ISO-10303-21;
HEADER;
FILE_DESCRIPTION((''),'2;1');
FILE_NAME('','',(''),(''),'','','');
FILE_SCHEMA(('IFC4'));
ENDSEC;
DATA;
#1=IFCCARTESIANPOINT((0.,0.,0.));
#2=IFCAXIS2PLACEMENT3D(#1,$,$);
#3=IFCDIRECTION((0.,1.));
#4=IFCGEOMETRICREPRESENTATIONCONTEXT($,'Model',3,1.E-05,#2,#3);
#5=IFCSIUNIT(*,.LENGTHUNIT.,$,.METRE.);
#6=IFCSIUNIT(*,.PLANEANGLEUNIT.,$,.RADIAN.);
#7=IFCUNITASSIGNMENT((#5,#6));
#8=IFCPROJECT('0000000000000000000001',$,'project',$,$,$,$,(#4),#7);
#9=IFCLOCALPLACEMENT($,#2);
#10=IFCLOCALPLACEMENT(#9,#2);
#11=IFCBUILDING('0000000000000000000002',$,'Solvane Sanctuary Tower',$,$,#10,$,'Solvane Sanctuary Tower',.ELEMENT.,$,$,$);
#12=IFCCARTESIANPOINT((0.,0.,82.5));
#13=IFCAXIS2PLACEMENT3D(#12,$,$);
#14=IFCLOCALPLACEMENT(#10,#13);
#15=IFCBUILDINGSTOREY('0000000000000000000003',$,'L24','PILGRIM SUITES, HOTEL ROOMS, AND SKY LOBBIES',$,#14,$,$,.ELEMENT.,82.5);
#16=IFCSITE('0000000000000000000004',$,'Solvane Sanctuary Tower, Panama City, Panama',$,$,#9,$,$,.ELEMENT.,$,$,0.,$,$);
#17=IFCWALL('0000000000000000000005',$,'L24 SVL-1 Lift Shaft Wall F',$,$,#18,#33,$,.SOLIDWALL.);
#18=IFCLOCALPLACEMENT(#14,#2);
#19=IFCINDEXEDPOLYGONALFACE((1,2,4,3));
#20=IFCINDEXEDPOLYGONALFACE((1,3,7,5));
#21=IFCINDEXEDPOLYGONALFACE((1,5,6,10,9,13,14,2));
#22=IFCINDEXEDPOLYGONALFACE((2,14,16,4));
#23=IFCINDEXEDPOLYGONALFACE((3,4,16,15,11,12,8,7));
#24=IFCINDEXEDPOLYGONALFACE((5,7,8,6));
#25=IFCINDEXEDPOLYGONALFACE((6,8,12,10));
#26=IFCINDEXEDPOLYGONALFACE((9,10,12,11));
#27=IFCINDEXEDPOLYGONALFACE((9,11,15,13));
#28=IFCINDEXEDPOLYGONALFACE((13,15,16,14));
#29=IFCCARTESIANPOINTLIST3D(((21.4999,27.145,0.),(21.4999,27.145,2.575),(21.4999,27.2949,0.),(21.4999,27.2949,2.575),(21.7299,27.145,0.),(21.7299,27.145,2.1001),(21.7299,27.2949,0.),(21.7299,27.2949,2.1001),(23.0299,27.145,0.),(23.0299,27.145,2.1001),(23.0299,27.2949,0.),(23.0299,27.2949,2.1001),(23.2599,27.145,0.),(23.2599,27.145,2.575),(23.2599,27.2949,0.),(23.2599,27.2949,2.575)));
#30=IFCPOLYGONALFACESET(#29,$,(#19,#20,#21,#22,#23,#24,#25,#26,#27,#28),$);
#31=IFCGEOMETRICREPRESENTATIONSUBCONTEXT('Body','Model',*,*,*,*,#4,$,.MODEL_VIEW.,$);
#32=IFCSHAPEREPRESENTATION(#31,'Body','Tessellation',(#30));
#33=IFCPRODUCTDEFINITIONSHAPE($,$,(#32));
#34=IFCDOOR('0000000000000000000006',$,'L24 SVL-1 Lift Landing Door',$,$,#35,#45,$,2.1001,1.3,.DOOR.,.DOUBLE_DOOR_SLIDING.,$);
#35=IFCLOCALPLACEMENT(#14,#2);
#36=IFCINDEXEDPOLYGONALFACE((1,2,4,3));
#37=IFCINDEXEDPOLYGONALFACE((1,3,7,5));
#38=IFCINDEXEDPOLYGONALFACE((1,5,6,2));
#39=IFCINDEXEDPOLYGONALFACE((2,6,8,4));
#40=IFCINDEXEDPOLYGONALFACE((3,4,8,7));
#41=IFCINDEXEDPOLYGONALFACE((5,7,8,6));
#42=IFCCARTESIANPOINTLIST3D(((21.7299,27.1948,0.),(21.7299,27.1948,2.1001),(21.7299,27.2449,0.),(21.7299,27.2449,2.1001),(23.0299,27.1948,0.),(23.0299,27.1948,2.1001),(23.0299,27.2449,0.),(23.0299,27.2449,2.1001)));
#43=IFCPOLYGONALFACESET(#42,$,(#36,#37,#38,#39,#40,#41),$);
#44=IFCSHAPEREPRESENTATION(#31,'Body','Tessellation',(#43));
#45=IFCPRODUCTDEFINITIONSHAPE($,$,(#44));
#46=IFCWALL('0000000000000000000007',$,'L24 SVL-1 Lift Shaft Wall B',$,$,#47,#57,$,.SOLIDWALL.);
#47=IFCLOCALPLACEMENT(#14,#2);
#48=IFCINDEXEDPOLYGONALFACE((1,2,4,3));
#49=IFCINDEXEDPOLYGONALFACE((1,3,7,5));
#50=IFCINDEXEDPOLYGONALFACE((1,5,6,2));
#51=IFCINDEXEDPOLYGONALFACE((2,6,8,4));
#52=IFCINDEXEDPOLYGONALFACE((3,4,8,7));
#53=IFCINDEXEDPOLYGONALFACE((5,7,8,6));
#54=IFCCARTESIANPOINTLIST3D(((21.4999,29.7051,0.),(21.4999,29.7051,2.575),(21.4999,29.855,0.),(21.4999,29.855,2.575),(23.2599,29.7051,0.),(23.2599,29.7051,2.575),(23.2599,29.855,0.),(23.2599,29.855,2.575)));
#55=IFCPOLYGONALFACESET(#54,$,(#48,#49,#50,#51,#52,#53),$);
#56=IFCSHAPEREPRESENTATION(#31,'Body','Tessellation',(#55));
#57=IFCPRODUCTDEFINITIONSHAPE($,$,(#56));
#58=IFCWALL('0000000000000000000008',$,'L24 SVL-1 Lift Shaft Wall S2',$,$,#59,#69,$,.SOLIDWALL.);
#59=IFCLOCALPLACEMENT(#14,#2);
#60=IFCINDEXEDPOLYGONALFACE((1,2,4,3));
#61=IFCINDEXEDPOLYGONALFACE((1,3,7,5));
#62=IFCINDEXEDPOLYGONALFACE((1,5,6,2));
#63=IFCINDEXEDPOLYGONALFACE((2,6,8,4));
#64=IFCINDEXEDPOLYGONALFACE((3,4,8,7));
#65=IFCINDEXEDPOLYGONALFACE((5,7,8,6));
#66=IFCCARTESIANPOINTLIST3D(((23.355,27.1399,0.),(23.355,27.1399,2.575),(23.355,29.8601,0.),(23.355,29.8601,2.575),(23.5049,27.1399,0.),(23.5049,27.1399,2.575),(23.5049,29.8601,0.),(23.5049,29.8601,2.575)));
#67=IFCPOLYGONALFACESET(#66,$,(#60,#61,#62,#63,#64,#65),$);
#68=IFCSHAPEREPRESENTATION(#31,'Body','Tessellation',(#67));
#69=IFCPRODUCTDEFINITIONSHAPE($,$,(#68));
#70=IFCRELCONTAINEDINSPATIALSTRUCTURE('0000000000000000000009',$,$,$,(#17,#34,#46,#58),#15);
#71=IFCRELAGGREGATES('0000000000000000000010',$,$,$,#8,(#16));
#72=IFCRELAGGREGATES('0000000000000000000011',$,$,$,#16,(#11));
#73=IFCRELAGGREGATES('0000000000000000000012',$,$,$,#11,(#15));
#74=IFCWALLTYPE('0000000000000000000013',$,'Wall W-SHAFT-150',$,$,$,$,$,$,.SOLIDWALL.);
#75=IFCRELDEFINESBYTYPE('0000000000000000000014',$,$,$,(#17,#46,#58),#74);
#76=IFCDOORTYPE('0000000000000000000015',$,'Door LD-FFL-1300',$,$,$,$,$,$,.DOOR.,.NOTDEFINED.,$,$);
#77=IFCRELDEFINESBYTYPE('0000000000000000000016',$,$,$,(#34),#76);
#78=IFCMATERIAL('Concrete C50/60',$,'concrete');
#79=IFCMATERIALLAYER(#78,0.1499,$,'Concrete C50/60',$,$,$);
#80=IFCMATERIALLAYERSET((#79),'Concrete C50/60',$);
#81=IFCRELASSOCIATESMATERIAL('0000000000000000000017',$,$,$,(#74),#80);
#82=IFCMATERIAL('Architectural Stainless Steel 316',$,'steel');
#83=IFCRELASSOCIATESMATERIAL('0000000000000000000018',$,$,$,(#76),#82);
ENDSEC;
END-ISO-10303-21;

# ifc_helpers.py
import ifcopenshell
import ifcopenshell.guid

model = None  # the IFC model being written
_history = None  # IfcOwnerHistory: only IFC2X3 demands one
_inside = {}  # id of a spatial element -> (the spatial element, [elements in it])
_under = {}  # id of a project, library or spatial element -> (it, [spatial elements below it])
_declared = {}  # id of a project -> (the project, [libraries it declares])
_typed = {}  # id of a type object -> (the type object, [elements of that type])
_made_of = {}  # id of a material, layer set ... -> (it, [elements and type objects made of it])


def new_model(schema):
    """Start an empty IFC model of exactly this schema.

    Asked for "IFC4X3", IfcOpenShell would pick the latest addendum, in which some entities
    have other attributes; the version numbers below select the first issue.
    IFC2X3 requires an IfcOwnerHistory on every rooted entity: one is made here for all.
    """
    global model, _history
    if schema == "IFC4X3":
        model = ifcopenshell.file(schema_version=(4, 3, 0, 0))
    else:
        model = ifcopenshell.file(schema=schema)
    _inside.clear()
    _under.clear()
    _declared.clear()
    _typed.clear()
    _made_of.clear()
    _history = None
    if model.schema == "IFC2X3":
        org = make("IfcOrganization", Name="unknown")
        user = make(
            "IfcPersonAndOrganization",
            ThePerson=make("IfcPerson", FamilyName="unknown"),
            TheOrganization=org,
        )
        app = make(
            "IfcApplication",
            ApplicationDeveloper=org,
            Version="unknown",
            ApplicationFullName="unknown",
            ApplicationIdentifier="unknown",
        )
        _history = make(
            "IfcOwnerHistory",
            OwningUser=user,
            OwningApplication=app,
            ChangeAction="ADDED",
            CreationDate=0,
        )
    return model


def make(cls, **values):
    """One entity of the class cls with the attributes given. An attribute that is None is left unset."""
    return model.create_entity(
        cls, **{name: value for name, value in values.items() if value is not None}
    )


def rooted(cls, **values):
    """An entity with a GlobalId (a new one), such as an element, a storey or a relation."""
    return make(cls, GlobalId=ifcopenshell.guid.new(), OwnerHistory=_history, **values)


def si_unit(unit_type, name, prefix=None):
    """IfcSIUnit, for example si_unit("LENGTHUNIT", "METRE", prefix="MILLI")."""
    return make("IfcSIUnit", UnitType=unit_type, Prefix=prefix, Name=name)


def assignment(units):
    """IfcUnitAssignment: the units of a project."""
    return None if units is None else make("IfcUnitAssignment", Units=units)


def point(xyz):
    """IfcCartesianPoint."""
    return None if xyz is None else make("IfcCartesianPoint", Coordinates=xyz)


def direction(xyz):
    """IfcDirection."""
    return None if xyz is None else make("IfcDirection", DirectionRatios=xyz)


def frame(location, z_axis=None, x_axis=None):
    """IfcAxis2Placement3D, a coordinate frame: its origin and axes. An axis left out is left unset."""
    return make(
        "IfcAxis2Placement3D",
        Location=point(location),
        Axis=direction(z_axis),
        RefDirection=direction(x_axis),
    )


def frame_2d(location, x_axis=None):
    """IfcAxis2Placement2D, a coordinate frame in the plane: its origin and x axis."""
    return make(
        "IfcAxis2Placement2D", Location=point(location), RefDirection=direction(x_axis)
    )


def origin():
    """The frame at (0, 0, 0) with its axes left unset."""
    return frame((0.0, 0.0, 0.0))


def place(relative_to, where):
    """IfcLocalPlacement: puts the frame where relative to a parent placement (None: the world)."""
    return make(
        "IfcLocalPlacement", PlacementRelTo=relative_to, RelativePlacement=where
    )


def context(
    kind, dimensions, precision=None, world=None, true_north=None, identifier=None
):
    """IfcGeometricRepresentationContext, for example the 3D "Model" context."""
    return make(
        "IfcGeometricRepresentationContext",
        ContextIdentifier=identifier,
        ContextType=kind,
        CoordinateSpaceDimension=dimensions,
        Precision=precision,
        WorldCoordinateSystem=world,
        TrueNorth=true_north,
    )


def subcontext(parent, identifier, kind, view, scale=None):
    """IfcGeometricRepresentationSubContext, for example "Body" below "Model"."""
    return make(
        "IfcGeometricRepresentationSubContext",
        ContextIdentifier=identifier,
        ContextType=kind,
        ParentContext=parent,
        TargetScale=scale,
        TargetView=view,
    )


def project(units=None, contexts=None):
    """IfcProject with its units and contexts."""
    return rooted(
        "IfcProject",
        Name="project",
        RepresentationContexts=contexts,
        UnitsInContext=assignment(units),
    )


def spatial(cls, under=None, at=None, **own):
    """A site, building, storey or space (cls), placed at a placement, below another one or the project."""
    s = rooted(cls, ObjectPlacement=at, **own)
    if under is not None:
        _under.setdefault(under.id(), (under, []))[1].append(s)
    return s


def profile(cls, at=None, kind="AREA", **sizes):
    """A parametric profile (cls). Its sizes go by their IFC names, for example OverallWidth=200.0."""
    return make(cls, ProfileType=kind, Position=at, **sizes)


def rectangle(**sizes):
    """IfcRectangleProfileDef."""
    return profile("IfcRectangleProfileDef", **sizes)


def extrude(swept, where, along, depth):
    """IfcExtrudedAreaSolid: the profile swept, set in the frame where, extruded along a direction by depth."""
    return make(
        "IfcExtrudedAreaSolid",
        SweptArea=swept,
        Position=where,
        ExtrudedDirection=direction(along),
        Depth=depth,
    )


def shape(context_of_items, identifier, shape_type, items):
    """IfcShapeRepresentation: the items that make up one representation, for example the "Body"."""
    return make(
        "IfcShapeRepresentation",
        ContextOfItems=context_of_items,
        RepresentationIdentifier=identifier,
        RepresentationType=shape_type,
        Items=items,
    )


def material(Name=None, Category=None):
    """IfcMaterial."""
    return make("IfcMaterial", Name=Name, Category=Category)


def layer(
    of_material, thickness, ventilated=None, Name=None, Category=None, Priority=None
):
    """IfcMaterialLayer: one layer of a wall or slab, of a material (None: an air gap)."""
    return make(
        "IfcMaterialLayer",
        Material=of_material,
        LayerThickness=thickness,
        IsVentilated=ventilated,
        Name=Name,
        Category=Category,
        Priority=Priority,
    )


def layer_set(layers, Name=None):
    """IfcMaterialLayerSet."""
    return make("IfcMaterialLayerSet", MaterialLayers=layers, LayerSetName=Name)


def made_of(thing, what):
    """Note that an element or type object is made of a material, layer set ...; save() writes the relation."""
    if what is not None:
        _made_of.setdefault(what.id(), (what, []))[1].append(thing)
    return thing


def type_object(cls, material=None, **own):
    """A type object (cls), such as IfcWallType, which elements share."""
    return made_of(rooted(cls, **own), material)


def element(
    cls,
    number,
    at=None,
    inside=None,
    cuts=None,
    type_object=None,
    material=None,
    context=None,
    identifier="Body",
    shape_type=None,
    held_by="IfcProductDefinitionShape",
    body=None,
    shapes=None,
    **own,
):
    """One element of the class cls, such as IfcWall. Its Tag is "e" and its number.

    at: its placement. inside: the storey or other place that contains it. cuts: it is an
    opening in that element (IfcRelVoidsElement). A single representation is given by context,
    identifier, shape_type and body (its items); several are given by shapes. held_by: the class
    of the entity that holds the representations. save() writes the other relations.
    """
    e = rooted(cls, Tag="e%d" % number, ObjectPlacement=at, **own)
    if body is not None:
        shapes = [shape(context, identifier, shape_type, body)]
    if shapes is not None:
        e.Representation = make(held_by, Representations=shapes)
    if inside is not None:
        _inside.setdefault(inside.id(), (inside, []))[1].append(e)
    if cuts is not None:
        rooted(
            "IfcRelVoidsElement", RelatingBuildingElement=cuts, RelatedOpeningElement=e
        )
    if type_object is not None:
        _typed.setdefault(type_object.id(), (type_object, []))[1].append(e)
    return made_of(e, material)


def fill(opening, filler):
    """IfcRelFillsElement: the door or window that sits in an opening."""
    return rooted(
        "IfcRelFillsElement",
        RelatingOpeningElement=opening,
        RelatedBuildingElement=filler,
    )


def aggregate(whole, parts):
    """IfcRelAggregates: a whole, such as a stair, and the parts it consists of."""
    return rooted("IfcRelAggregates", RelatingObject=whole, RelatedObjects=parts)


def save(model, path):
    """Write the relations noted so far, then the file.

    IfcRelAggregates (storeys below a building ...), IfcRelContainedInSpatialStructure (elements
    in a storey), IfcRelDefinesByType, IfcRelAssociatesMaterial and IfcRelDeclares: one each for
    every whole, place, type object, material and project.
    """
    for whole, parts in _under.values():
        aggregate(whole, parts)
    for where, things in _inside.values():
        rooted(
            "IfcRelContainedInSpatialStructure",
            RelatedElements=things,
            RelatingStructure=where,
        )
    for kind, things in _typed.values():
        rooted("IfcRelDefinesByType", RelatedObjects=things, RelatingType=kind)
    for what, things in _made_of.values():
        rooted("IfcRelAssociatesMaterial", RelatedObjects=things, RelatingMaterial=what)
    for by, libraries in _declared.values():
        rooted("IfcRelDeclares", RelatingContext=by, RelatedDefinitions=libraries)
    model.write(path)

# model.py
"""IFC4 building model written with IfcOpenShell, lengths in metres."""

from ifc_helpers import new_model, si_unit, direction, frame, frame_2d, origin, place, context, subcontext, project, spatial, rectangle, extrude, material, layer, layer_set, type_object, element, fill, save


model = new_model("IFC4")

# Units and contexts
model_context = context("Model", 3, precision=1e-05, world=origin(), true_north=direction((0.0, 1.0)))
body_context = subcontext(model_context, "Body", "Model", "MODEL_VIEW")
ifc_project = project(units=[si_unit("LENGTHUNIT", "METRE"), si_unit("PLANEANGLEUNIT", "RADIAN")], contexts=[model_context])

# Site, building, storey
site_placement = place(None, origin())
site = spatial("IfcSite", under=ifc_project, at=site_placement, Name="Solvane Sanctuary Tower, Panama City, Panama", CompositionType="ELEMENT", RefElevation=0.0)
building_placement = place(site_placement, origin())
building = spatial("IfcBuilding", under=site, at=building_placement, Name="Solvane Sanctuary Tower", LongName="Solvane Sanctuary Tower", CompositionType="ELEMENT")
storey_placement = place(building_placement, frame((0.0, 0.0, 82.5)))
storey = spatial("IfcBuildingStorey", under=building, at=storey_placement, Name="L24", Description="PILGRIM SUITES, HOTEL ROOMS, AND SKY LOBBIES", CompositionType="ELEMENT", Elevation=82.5)

# Shared definitions
ifc_material_1 = material(Name="Architectural Stainless Steel 316", Category="steel")

# Shared definitions
ifc_material_2 = material(Name="Concrete C50/60", Category="concrete")
ifc_layer_1 = layer(ifc_material_2, 0.1499, Name="Concrete C50/60")
ifc_layer_set_1 = layer_set([ifc_layer_1], Name="Concrete C50/60")
wall_type_1 = type_object("IfcWallType", Name="Wall W-SHAFT-150", PredefinedType="SOLIDWALL", material=ifc_layer_set_1)

# Wall, opening, door
wall_1_placement = place(storey_placement, frame((21.5, 27.22, 0.0), z_axis=(0.0, 0.0, 1.0), x_axis=(1.0, 0.0, 0.0)))
wall_1 = element("IfcWall", 1, at=wall_1_placement, inside=storey, type_object=wall_type_1, Name="L24 SVL-1 Lift Shaft Wall F", PredefinedType="SOLIDWALL", context=body_context, shape_type="SweptSolid", body=[
    extrude(rectangle(XDim=1.76, YDim=0.1499, at=frame_2d((0.8799, 0.0))), origin(), (0.0, 0.0, 1.0), 2.575),
])
opening_1_placement = place(wall_1_placement, frame((0.23, 0.0, 0.0)))
opening_1 = element("IfcOpeningElement", 2, at=opening_1_placement, cuts=wall_1, PredefinedType="OPENING", context=body_context, shape_type="SweptSolid", body=[
    extrude(rectangle(XDim=1.3, YDim=2.1001, at=frame_2d((0.6499, 1.05))), frame((0.0, 0.085, 0.0), z_axis=(0.0, -1.0, 0.0), x_axis=(1.0, 0.0, 0.0)), (0.0, 0.0, 1.0), 0.1699),
])
door_type_1 = type_object("IfcDoorType", Name="Door LD-FFL-1300", OperationType="NOTDEFINED", PredefinedType="DOOR", material=ifc_material_1)
door_1_placement = place(opening_1_placement, origin())
door_1 = element("IfcDoor", 3, at=door_1_placement, inside=storey, type_object=door_type_1, Name="L24 SVL-1 Lift Landing Door", OperationType="DOUBLE_DOOR_SLIDING", OverallHeight=2.1001, OverallWidth=1.3, PredefinedType="DOOR", context=body_context, shape_type="SweptSolid", body=[
    extrude(rectangle(XDim=1.3, YDim=2.1001, at=frame_2d((0.6499, 1.05))), frame((0.0, 0.0249, 0.0), z_axis=(0.0, -1.0, 0.0), x_axis=(1.0, 0.0, 0.0)), (0.0, 0.0, 1.0), 0.05),
])
fill(opening_1, door_1)

# Walls
wall_2_placement = place(storey_placement, frame((21.5, 29.78, 0.0), z_axis=(0.0, 0.0, 1.0), x_axis=(1.0, 0.0, 0.0)))
element("IfcWall", 4, at=wall_2_placement, inside=storey, type_object=wall_type_1, Name="L24 SVL-1 Lift Shaft Wall B", PredefinedType="SOLIDWALL", context=body_context, shape_type="SweptSolid", body=[
    extrude(rectangle(XDim=1.76, YDim=0.1499, at=frame_2d((0.8799, 0.0))), origin(), (0.0, 0.0, 1.0), 2.575),
])
wall_3_placement = place(storey_placement, frame((23.4299, 27.1399, 0.0), z_axis=(0.0, 0.0, 1.0), x_axis=(0.0, 1.0, 0.0)))
element("IfcWall", 5, at=wall_3_placement, inside=storey, type_object=wall_type_1, Name="L24 SVL-1 Lift Shaft Wall S2", PredefinedType="SOLIDWALL", context=body_context, shape_type="SweptSolid", body=[
    extrude(rectangle(XDim=2.7202, YDim=0.1499, at=frame_2d((1.3601, 0.0))), origin(), (0.0, 0.0, 1.0), 2.575),
])

save(model, "model.ifc")
